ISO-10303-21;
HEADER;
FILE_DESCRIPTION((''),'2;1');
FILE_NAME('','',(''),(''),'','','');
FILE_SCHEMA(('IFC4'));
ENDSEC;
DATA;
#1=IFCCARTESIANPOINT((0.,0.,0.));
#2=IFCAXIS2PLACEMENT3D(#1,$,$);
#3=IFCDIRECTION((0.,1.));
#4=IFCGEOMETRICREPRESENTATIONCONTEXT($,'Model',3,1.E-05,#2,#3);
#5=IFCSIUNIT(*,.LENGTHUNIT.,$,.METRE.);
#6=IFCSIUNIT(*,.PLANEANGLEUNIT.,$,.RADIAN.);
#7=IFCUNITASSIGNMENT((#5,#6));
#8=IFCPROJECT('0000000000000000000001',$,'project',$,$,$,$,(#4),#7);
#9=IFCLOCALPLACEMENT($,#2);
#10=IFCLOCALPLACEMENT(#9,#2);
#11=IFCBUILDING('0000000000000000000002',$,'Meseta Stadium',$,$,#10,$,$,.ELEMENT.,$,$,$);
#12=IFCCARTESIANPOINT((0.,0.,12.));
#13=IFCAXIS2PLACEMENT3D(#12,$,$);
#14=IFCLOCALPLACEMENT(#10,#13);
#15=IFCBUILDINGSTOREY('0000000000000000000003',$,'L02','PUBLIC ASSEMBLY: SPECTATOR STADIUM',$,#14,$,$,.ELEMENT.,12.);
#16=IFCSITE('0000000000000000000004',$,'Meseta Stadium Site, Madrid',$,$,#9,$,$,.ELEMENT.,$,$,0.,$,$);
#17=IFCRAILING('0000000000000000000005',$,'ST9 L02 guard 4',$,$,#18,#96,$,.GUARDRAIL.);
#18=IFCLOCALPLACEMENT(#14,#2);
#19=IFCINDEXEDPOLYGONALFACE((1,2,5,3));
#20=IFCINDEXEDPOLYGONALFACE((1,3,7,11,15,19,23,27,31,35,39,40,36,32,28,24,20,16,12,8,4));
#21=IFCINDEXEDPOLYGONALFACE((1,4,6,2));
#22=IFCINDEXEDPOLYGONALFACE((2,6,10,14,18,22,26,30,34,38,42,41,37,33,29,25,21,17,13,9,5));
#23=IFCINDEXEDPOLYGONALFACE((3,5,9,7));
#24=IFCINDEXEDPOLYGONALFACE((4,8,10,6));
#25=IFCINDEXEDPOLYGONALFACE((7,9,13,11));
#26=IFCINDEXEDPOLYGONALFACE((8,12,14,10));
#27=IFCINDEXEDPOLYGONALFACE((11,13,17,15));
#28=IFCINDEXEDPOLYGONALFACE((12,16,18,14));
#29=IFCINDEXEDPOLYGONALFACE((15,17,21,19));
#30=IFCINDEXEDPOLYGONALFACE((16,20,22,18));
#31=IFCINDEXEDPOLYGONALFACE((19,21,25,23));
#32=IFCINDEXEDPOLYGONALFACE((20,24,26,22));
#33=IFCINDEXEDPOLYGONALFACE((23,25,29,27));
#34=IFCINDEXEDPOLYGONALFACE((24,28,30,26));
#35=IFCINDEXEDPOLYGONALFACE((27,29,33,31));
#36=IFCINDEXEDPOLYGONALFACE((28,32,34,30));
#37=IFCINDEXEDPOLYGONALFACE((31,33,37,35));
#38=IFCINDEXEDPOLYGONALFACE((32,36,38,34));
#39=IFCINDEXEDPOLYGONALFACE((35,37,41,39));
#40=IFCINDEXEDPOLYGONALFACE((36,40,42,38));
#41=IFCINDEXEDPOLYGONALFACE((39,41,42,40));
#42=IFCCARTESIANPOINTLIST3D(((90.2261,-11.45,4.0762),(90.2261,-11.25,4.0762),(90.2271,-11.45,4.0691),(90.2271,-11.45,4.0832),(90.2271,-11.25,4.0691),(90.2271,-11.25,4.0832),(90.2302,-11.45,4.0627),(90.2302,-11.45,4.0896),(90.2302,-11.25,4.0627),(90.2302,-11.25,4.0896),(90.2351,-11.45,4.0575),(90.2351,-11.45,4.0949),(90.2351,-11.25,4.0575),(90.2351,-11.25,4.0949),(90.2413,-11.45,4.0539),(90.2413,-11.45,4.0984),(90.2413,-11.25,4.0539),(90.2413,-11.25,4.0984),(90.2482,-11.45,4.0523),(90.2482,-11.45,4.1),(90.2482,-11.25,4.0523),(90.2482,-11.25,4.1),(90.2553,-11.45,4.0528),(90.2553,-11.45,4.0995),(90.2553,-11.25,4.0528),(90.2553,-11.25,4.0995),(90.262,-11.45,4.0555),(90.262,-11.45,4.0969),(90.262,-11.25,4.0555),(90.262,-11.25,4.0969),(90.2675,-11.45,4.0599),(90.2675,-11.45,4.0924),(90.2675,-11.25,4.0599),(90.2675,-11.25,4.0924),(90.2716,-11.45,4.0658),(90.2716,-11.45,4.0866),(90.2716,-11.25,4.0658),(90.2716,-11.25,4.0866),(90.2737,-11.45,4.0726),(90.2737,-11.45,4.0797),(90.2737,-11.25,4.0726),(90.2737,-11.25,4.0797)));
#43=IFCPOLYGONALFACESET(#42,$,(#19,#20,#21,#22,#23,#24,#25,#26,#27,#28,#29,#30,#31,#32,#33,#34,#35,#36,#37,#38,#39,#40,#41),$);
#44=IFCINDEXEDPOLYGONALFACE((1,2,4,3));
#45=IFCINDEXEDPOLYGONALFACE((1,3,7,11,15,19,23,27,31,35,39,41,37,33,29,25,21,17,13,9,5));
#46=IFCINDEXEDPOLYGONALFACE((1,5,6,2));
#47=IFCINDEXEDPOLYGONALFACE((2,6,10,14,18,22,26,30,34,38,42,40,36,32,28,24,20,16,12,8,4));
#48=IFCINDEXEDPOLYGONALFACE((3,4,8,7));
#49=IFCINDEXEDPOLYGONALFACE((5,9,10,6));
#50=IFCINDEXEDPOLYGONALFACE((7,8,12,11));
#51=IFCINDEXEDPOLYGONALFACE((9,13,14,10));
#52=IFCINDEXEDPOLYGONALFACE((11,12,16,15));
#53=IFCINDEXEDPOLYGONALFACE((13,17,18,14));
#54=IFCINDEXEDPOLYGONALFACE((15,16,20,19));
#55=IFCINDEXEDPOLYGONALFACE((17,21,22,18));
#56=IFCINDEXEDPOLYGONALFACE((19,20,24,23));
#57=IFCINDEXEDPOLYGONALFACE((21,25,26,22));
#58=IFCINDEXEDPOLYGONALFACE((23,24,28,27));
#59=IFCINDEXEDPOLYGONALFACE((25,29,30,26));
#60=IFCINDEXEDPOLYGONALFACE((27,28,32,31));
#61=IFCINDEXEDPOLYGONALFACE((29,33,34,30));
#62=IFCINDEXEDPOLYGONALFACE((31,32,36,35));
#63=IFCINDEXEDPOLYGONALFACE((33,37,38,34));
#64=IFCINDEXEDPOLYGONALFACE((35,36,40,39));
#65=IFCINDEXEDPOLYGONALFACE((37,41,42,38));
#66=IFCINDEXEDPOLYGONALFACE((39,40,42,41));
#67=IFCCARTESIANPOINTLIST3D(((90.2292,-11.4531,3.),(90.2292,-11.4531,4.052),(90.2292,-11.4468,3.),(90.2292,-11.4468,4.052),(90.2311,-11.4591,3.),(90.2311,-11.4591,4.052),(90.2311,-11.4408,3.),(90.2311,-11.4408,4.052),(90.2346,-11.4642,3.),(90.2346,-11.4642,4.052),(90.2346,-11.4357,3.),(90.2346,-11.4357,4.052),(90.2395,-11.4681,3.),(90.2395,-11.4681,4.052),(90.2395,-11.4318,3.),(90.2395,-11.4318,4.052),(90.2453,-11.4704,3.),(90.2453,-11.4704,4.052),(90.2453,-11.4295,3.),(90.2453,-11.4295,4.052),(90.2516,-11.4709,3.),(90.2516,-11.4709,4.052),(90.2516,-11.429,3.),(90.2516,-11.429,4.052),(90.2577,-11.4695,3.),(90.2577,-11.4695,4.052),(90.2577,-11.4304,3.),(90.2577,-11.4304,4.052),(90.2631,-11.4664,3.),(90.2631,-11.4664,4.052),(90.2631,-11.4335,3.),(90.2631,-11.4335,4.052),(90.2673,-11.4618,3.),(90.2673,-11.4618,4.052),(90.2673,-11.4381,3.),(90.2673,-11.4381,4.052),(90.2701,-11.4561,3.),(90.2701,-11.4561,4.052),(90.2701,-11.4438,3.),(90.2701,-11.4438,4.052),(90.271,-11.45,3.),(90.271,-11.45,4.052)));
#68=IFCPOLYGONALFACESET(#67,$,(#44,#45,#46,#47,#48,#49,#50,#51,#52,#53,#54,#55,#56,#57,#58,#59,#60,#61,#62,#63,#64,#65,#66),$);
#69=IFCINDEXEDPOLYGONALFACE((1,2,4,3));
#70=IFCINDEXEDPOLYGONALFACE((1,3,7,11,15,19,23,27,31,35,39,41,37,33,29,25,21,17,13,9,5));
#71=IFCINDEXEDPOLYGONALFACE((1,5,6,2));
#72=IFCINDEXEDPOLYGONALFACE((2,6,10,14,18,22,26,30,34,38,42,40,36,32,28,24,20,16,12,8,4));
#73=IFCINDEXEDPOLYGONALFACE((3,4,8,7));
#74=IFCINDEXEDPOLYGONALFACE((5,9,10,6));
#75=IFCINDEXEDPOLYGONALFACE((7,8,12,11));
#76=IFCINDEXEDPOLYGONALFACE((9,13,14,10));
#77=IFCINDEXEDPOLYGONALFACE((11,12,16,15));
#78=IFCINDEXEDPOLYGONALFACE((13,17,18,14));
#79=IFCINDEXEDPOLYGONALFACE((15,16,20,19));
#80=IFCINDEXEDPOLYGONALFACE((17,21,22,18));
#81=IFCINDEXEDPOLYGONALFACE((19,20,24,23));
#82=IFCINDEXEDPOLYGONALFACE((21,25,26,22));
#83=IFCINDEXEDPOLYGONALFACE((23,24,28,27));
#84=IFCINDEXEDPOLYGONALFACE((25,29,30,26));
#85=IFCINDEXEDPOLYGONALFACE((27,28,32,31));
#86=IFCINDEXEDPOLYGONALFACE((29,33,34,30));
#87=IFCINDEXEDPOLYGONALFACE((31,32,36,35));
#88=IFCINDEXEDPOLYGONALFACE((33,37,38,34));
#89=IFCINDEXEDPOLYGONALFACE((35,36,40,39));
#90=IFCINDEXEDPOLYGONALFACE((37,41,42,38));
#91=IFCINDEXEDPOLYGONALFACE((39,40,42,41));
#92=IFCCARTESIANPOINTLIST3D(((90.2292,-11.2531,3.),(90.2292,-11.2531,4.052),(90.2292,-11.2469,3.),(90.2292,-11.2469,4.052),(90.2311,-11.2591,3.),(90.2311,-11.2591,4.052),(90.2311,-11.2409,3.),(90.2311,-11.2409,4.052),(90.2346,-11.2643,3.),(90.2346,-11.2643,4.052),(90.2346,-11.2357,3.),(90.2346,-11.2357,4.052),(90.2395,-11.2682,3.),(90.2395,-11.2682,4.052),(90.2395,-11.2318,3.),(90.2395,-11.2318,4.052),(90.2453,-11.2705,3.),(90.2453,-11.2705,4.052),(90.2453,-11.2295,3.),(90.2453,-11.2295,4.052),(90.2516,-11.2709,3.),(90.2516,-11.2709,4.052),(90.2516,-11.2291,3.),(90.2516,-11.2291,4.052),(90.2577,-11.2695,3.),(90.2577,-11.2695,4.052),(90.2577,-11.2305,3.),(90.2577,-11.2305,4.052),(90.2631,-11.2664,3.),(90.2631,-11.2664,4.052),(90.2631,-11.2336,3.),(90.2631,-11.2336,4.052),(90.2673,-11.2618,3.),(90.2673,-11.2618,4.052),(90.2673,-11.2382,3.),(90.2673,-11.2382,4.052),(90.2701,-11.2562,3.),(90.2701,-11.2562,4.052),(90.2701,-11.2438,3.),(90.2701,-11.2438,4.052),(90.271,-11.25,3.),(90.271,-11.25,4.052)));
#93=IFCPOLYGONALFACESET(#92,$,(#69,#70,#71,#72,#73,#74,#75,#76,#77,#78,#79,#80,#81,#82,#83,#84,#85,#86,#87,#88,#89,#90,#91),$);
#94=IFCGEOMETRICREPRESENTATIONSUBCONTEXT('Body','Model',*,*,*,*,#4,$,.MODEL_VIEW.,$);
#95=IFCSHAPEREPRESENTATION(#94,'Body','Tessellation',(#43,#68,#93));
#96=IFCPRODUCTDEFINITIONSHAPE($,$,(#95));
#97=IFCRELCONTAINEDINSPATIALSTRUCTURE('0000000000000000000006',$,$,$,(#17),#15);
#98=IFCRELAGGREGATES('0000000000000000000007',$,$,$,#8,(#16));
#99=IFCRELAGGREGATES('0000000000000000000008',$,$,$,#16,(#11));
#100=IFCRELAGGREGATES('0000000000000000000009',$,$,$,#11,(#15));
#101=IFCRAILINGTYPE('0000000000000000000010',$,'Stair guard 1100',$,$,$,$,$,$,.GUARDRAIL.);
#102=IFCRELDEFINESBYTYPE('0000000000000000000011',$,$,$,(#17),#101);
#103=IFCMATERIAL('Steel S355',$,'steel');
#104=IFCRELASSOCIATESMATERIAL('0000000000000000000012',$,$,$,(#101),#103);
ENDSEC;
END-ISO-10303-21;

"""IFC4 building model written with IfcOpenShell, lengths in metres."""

from ifc_helpers import new_model, si_unit, direction, frame, origin, origin_2d, place, context, subcontext, project, spatial, circle, extrude, material, type_object, element, save


model = new_model("IFC4")

# Units and contexts
model_context = context("Model", 3, precision=1e-05, world=origin(), true_north=direction((0.0, 1.0)))
body_context = subcontext(model_context, "Body", "Model", "MODEL_VIEW")
ifc_project = project(units=[si_unit("LENGTHUNIT", "METRE"), si_unit("PLANEANGLEUNIT", "RADIAN")], contexts=[model_context])

# Site, building, storey
site_placement = place(None, origin())
site = spatial("IfcSite", under=ifc_project, at=site_placement, Name="Meseta Stadium Site, Madrid", CompositionType="ELEMENT", RefElevation=0.0)
building_placement = place(site_placement, origin())
building = spatial("IfcBuilding", under=site, at=building_placement, Name="Meseta Stadium", CompositionType="ELEMENT")
storey_placement = place(building_placement, frame((0.0, 0.0, 12.0)))
storey = spatial("IfcBuildingStorey", under=building, at=storey_placement, Name="L02", Description="PUBLIC ASSEMBLY: SPECTATOR STADIUM", CompositionType="ELEMENT", Elevation=12.0)

# Railing
ifc_material_1 = material(Name="Steel S355", Category="steel")
railing_type_1 = type_object("IfcRailingType", Name="Stair guard 1100", PredefinedType="GUARDRAIL", material=ifc_material_1)
railing_1_placement = place(storey_placement, frame((90.25, -11.45, 3.0)))
element("IfcRailing", 1, at=railing_1_placement, inside=storey, type_object=railing_type_1, Name="ST9 L02 guard 4", PredefinedType="GUARDRAIL", context=body_context, shape_type="SweptSolid", body=[
    extrude(circle(Radius=0.0239, at=origin_2d()), frame((0.0, 0.0, 1.0762), z_axis=(0.0, 1.0, 0.0), x_axis=(-1.0, 0.0, 0.0)), (0.0, 0.0, 1.0), 0.2),
    extrude(circle(Radius=0.021, at=origin_2d()), origin(), (0.0, 0.0, 1.0), 1.052),
    extrude(circle(Radius=0.021, at=origin_2d()), frame((0.0, 0.2, 0.0)), (0.0, 0.0, 1.0), 1.052),
])

save(model, "model.ifc")
